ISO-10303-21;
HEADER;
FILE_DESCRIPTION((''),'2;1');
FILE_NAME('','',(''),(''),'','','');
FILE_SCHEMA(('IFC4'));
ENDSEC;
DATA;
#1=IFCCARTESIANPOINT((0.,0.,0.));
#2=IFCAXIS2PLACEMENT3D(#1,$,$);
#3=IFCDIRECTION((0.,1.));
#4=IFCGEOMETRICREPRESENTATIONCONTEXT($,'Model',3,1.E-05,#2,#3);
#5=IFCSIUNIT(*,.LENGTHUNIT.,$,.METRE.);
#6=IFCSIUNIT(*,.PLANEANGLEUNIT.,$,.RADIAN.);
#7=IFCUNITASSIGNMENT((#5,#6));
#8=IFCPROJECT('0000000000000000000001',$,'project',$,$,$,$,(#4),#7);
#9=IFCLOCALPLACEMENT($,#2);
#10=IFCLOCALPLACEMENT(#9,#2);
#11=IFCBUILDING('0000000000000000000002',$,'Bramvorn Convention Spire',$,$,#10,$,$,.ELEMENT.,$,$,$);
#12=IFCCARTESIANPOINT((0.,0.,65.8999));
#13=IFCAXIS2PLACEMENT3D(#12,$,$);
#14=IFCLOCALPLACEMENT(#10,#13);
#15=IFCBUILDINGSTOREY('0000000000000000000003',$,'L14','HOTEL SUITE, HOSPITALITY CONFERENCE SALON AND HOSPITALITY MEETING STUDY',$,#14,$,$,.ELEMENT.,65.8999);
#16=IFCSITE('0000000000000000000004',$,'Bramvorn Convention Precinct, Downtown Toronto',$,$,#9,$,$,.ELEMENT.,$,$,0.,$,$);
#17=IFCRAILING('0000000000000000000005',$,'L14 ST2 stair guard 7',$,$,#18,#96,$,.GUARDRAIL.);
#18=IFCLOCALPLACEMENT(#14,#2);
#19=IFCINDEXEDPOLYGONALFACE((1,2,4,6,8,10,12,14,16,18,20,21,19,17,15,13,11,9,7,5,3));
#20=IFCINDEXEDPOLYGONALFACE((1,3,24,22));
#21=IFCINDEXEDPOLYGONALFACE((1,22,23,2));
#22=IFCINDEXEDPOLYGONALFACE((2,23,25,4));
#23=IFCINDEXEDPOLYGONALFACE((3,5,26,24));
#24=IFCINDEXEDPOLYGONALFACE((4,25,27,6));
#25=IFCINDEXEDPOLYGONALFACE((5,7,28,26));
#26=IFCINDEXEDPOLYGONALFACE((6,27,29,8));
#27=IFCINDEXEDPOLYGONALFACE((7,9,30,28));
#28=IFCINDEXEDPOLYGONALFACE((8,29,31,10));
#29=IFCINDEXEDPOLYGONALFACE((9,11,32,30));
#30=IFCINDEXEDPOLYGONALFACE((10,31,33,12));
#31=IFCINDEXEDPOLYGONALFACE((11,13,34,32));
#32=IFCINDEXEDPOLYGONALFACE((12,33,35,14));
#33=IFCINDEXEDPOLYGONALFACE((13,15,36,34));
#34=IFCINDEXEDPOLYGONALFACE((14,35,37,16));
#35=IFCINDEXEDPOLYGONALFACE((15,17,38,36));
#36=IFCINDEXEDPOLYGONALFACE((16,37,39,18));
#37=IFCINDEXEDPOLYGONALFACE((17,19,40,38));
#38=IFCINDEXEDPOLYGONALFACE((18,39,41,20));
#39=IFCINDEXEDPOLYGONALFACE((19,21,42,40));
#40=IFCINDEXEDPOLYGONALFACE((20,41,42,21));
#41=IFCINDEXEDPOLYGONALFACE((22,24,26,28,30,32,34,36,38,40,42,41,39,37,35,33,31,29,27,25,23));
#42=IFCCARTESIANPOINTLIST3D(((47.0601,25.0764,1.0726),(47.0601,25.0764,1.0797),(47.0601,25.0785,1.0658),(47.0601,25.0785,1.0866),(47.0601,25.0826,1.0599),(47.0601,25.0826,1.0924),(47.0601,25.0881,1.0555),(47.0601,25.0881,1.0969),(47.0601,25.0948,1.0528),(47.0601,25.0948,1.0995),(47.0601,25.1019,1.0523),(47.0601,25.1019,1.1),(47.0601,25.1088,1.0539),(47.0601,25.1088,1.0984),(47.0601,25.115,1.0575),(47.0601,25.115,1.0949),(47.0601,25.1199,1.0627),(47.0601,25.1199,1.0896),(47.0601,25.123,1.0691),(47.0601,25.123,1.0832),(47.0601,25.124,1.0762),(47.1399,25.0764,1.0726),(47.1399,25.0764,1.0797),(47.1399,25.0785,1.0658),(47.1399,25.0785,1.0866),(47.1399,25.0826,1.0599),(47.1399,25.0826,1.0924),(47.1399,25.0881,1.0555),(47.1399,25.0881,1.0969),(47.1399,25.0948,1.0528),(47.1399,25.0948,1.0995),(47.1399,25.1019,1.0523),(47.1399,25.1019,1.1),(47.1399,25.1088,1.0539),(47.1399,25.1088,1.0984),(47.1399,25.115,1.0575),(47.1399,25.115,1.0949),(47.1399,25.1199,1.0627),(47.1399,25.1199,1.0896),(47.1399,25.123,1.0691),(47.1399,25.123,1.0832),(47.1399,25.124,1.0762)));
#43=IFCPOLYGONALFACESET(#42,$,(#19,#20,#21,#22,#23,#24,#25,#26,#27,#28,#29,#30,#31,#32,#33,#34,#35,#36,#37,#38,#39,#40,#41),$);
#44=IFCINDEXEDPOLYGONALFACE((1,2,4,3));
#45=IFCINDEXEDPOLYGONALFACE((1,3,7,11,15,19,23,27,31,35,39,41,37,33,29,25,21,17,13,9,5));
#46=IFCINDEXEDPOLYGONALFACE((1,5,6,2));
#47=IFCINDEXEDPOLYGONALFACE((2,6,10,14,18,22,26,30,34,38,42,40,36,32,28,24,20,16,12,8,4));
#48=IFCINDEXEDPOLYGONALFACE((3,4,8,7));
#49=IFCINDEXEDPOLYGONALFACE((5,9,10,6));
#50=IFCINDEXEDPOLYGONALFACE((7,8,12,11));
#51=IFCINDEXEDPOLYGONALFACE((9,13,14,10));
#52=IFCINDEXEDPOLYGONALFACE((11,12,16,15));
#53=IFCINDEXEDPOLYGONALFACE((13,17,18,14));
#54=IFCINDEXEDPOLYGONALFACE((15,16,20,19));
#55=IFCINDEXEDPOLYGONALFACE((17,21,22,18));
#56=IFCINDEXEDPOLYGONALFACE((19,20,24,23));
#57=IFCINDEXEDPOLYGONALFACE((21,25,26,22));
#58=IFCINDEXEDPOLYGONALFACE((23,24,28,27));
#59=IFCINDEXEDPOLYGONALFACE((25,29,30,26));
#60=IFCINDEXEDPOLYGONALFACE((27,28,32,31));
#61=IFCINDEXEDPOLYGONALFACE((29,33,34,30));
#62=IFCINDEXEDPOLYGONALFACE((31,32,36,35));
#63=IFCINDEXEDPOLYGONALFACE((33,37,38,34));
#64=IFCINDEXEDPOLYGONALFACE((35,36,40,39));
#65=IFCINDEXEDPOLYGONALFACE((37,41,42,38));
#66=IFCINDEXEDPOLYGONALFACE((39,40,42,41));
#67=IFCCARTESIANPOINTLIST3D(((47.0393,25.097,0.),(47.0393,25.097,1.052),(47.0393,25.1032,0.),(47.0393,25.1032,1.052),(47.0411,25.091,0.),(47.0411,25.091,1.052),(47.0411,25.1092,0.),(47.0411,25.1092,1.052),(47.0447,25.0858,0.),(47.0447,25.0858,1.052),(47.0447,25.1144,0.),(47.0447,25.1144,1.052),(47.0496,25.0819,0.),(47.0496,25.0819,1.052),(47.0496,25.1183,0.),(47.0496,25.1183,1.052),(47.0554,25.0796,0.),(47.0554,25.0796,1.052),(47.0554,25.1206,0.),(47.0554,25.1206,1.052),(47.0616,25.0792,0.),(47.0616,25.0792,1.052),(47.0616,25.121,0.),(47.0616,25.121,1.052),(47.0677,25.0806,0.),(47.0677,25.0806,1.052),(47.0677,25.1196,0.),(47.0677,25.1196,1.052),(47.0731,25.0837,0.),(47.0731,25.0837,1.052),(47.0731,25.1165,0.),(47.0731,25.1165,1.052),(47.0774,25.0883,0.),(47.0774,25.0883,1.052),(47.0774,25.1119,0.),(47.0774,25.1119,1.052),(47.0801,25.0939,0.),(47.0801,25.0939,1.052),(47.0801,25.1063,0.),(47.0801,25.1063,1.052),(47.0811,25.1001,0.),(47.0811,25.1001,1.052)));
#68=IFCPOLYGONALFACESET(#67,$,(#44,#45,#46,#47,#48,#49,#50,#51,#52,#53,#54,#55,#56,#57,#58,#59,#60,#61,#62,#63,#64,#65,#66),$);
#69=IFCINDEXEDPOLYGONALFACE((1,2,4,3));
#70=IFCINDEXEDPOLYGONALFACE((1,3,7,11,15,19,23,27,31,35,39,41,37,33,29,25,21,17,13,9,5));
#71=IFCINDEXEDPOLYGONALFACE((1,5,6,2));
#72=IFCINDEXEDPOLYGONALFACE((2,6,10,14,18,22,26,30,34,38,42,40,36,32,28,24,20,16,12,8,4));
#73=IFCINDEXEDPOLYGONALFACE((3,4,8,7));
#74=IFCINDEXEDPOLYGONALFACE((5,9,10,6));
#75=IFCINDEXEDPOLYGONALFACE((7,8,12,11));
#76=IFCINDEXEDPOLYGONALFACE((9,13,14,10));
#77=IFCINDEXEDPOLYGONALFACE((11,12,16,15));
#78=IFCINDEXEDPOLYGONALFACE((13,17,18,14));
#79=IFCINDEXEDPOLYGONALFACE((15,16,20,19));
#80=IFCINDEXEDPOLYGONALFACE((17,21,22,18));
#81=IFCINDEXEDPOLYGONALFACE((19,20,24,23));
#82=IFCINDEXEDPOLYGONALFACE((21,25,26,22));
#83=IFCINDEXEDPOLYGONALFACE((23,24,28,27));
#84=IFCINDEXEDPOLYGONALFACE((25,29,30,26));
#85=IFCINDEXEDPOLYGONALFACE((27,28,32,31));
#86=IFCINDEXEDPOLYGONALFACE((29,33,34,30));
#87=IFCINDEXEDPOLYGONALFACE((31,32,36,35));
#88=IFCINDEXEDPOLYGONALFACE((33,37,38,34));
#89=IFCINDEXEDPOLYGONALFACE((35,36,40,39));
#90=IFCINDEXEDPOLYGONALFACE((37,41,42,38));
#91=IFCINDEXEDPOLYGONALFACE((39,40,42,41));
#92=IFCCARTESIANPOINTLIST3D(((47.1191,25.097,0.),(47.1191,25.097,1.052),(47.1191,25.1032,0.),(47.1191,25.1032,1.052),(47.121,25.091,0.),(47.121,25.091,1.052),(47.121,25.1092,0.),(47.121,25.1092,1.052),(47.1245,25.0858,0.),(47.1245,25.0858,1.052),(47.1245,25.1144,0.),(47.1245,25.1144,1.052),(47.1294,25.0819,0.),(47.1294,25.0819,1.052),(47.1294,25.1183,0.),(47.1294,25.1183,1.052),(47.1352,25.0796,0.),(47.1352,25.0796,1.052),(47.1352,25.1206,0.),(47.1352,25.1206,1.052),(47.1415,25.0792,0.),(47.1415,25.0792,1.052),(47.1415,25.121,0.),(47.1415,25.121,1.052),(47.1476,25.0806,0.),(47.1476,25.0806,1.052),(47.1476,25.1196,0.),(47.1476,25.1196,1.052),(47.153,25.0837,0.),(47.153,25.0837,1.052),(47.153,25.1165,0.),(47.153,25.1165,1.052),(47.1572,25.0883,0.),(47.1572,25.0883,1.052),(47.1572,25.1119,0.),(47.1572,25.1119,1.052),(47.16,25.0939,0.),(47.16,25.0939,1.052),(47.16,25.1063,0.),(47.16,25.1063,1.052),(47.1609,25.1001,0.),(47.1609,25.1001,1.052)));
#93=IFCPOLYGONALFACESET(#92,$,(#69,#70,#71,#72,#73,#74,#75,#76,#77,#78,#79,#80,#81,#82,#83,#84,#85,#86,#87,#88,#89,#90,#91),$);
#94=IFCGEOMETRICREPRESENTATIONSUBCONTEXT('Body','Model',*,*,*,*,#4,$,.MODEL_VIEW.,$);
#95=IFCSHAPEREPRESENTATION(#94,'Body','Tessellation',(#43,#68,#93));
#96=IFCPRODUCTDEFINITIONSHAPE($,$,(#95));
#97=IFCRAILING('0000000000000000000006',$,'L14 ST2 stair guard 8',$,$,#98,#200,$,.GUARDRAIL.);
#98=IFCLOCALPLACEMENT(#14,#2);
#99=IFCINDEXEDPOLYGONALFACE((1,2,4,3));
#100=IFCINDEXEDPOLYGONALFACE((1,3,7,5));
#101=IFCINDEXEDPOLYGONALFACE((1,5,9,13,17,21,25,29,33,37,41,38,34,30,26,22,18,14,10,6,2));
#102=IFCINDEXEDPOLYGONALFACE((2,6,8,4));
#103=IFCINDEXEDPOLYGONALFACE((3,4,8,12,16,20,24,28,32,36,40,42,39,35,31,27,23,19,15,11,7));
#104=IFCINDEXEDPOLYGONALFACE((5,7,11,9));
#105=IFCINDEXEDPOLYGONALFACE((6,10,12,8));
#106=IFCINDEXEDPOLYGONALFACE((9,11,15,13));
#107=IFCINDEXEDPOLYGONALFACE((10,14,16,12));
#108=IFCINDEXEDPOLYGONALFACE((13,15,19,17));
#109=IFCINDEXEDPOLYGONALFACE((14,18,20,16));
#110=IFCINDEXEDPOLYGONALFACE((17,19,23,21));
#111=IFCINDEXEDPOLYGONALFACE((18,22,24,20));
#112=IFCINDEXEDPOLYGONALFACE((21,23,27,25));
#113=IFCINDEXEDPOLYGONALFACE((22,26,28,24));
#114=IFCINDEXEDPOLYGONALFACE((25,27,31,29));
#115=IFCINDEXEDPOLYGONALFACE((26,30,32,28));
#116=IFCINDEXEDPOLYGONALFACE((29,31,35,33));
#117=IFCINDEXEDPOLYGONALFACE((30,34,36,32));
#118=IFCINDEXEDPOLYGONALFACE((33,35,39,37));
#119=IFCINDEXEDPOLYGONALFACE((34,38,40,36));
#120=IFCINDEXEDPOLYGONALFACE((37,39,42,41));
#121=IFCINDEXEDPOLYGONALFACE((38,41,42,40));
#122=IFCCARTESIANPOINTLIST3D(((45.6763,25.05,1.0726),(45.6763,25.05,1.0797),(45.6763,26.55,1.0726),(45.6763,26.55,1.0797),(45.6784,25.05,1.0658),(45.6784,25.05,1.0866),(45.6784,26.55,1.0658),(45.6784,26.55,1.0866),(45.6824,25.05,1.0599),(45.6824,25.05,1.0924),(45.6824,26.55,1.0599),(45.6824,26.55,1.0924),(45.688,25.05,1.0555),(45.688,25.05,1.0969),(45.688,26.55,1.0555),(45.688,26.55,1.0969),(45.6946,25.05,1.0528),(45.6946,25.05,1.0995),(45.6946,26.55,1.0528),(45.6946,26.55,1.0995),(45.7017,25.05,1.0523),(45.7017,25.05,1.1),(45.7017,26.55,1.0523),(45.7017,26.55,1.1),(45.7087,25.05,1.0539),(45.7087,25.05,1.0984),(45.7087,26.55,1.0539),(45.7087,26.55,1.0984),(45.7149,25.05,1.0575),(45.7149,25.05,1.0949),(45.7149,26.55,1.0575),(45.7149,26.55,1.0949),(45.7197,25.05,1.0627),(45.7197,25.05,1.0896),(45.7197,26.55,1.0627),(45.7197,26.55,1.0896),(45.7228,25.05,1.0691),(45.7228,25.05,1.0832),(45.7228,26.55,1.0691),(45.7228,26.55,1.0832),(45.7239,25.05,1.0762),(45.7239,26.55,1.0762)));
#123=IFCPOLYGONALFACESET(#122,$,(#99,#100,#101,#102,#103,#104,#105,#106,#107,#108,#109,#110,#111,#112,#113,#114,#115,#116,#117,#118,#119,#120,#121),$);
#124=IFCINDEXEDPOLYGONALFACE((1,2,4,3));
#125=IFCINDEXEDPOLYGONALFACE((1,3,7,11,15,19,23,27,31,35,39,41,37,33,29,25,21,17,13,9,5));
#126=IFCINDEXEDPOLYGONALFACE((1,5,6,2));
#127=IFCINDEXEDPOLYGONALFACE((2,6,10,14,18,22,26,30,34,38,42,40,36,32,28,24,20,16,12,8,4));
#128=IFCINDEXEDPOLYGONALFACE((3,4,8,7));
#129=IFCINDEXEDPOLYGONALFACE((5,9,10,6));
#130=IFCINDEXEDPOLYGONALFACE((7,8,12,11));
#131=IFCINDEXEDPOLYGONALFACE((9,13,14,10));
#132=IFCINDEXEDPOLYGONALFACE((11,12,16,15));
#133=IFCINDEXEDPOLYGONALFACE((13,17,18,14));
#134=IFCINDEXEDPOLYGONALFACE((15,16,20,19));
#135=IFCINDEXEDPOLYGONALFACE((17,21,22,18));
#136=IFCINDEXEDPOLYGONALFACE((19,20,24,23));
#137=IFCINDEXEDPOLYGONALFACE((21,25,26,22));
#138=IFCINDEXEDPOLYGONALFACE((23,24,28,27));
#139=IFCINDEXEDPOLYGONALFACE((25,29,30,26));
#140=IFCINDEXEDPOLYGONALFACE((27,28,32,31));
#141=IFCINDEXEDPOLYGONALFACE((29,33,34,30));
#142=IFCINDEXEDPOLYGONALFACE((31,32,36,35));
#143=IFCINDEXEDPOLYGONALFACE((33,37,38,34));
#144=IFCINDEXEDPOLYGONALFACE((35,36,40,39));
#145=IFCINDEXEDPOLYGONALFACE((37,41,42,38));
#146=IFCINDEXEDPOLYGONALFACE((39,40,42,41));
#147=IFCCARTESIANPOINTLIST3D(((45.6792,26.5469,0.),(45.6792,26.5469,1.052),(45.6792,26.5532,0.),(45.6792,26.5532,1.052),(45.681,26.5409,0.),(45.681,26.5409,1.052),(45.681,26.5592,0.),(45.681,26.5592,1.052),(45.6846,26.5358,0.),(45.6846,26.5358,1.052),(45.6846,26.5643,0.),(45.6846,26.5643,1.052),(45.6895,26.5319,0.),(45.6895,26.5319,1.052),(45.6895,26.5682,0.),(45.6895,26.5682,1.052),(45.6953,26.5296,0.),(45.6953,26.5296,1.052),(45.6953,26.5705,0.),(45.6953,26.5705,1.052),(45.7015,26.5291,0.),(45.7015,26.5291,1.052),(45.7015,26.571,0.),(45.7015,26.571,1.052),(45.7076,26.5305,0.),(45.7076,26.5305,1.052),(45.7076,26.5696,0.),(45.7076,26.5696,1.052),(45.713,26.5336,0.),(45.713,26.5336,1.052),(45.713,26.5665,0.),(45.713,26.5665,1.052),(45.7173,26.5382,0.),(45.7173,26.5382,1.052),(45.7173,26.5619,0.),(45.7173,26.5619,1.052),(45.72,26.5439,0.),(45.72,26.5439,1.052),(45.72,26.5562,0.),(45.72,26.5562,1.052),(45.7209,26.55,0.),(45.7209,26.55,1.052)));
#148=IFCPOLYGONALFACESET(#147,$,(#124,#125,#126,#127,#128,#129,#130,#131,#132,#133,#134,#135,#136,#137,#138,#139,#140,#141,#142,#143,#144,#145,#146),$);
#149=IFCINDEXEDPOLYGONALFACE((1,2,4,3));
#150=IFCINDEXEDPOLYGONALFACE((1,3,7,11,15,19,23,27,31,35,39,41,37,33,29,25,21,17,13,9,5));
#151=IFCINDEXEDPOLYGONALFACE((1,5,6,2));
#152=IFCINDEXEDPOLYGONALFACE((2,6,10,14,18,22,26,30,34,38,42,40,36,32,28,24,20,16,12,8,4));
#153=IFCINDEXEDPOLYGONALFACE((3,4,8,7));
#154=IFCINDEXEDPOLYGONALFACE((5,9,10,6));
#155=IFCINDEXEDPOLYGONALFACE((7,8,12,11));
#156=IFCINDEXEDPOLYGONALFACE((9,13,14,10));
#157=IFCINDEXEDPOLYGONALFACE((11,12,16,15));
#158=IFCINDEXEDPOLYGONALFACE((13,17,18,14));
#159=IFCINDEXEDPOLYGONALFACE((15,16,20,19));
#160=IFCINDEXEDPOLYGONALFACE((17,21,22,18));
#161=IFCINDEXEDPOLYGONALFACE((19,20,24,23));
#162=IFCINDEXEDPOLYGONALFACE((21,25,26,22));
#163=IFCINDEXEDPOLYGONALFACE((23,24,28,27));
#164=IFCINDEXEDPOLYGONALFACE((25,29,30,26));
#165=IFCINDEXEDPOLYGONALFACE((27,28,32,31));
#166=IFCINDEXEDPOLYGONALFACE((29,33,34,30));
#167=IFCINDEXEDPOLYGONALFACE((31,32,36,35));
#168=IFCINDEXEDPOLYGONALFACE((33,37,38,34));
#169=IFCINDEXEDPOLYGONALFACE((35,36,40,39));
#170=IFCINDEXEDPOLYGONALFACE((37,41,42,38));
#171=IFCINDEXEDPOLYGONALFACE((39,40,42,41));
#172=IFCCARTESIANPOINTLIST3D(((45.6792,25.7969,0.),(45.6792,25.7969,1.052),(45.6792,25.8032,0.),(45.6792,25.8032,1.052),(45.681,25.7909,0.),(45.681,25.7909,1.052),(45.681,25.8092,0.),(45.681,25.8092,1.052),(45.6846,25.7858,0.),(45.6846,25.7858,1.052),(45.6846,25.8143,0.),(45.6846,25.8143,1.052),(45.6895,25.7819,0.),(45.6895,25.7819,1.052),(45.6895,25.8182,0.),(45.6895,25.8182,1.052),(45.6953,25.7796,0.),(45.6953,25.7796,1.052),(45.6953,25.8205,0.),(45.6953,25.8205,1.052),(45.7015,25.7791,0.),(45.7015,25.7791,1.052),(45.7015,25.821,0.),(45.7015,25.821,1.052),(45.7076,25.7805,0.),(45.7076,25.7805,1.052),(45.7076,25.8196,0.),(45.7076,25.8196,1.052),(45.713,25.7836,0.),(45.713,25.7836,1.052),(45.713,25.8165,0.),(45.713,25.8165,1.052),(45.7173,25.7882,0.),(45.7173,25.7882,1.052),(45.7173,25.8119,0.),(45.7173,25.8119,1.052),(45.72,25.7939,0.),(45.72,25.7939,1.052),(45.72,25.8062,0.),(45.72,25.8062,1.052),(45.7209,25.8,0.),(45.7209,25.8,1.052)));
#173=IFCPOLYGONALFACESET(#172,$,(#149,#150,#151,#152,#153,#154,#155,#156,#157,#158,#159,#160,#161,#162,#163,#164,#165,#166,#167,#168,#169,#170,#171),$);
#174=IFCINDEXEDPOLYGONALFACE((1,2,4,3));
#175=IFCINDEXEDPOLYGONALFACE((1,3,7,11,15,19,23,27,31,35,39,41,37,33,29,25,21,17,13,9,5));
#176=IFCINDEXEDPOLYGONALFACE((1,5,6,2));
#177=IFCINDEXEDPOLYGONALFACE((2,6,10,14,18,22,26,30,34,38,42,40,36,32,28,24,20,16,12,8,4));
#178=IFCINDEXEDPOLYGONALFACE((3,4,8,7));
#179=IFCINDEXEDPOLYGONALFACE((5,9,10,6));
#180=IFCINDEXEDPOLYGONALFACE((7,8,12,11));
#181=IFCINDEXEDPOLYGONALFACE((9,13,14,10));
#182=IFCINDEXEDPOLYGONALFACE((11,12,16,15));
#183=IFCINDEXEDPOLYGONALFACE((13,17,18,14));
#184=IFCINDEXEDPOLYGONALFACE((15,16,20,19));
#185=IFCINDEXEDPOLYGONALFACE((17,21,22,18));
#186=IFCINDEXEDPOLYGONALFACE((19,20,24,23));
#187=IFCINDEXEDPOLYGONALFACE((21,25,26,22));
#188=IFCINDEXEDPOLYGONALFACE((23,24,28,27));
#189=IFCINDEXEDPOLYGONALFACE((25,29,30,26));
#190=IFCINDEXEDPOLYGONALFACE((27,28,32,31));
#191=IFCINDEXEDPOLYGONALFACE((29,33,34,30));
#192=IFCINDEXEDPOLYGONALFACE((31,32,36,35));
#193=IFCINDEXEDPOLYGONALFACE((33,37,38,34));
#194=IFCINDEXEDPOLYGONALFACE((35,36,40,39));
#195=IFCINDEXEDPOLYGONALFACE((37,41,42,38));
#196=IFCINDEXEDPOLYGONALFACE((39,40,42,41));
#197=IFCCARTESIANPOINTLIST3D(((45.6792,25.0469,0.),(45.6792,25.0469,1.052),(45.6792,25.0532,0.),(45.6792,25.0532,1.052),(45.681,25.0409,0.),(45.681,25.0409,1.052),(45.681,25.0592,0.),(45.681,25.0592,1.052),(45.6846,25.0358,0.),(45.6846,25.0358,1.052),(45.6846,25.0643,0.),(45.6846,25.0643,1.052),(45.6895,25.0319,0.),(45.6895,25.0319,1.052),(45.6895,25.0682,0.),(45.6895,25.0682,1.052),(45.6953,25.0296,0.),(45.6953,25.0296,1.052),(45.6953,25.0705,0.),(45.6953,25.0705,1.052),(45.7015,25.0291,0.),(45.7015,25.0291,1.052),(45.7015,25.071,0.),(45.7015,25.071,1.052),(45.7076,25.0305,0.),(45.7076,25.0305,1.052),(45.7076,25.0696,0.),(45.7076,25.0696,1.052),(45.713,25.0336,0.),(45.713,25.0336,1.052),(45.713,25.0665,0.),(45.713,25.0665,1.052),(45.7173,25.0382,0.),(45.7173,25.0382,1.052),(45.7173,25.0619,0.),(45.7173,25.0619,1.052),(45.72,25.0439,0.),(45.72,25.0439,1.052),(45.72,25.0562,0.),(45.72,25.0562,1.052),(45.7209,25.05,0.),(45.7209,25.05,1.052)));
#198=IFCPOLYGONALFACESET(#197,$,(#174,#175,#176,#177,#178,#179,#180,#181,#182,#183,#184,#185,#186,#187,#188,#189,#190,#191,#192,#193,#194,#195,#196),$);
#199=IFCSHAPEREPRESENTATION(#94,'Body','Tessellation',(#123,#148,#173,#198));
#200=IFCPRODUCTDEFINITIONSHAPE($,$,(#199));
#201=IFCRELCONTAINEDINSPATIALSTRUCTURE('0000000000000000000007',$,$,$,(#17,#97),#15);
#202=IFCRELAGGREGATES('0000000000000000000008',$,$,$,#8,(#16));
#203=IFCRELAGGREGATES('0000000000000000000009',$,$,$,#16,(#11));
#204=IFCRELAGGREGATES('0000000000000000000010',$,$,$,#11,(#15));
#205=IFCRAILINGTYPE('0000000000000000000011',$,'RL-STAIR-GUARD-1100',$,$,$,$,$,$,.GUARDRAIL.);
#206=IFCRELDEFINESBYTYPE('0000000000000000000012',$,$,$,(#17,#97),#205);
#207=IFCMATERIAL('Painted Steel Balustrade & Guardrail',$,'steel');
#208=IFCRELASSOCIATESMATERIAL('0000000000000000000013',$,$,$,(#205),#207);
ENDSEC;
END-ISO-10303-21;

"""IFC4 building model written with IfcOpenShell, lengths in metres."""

from ifc_helpers import new_model, si_unit, direction, frame, origin, origin_2d, place, context, subcontext, project, spatial, circle, extrude, material, type_object, element, save


model = new_model("IFC4")

# Units and contexts
model_context = context("Model", 3, precision=1e-05, world=origin(), true_north=direction((0.0, 1.0)))
body_context = subcontext(model_context, "Body", "Model", "MODEL_VIEW")
ifc_project = project(units=[si_unit("LENGTHUNIT", "METRE"), si_unit("PLANEANGLEUNIT", "RADIAN")], contexts=[model_context])

# Site, building, storey
site_placement = place(None, origin())
site = spatial("IfcSite", under=ifc_project, at=site_placement, Name="Bramvorn Convention Precinct, Downtown Toronto", CompositionType="ELEMENT", RefElevation=0.0)
building_placement = place(site_placement, origin())
building = spatial("IfcBuilding", under=site, at=building_placement, Name="Bramvorn Convention Spire", CompositionType="ELEMENT")
storey_placement = place(building_placement, frame((0.0, 0.0, 65.8999)))
storey = spatial("IfcBuildingStorey", under=building, at=storey_placement, Name="L14", Description="HOTEL SUITE, HOSPITALITY CONFERENCE SALON AND HOSPITALITY MEETING STUDY", CompositionType="ELEMENT", Elevation=65.8999)

# Railings
ifc_material_1 = material(Name="Painted Steel Balustrade & Guardrail", Category="steel")
railing_type_1 = type_object("IfcRailingType", Name="RL-STAIR-GUARD-1100", PredefinedType="GUARDRAIL", material=ifc_material_1)
railing_1_placement = place(storey_placement, frame((47.0601, 25.1001, 0.0)))
element("IfcRailing", 1, at=railing_1_placement, inside=storey, type_object=railing_type_1, Name="L14 ST2 stair guard 7", PredefinedType="GUARDRAIL", context=body_context, shape_type="SweptSolid", body=[
    extrude(circle(Radius=0.0239, at=origin_2d()), frame((0.0, 0.0, 1.0762), z_axis=(1.0, 0.0, 0.0), x_axis=(0.0, 1.0, 0.0)), (0.0, 0.0, 1.0), 0.0798),
    extrude(circle(Radius=0.021, at=origin_2d()), origin(), (0.0, 0.0, 1.0), 1.052),
    extrude(circle(Radius=0.021, at=origin_2d()), frame((0.0798, 0.0, 0.0)), (0.0, 0.0, 1.0), 1.052),
])
railing_2_placement = place(storey_placement, frame((45.7, 26.55, 0.0)))
element("IfcRailing", 2, at=railing_2_placement, inside=storey, type_object=railing_type_1, Name="L14 ST2 stair guard 8", PredefinedType="GUARDRAIL", context=body_context, shape_type="SweptSolid", body=[
    extrude(circle(Radius=0.0239, at=origin_2d()), frame((0.0, 0.0, 1.0762), z_axis=(0.0, -1.0, 0.0), x_axis=(1.0, 0.0, 0.0)), (0.0, 0.0, 1.0), 1.5),
    extrude(circle(Radius=0.021, at=origin_2d()), origin(), (0.0, 0.0, 1.0), 1.052),
    extrude(circle(Radius=0.021, at=origin_2d()), frame((0.0, -0.75, 0.0)), (0.0, 0.0, 1.0), 1.052),
    extrude(circle(Radius=0.021, at=origin_2d()), frame((0.0, -1.5, 0.0)), (0.0, 0.0, 1.0), 1.052),
])

save(model, "model.ifc")
